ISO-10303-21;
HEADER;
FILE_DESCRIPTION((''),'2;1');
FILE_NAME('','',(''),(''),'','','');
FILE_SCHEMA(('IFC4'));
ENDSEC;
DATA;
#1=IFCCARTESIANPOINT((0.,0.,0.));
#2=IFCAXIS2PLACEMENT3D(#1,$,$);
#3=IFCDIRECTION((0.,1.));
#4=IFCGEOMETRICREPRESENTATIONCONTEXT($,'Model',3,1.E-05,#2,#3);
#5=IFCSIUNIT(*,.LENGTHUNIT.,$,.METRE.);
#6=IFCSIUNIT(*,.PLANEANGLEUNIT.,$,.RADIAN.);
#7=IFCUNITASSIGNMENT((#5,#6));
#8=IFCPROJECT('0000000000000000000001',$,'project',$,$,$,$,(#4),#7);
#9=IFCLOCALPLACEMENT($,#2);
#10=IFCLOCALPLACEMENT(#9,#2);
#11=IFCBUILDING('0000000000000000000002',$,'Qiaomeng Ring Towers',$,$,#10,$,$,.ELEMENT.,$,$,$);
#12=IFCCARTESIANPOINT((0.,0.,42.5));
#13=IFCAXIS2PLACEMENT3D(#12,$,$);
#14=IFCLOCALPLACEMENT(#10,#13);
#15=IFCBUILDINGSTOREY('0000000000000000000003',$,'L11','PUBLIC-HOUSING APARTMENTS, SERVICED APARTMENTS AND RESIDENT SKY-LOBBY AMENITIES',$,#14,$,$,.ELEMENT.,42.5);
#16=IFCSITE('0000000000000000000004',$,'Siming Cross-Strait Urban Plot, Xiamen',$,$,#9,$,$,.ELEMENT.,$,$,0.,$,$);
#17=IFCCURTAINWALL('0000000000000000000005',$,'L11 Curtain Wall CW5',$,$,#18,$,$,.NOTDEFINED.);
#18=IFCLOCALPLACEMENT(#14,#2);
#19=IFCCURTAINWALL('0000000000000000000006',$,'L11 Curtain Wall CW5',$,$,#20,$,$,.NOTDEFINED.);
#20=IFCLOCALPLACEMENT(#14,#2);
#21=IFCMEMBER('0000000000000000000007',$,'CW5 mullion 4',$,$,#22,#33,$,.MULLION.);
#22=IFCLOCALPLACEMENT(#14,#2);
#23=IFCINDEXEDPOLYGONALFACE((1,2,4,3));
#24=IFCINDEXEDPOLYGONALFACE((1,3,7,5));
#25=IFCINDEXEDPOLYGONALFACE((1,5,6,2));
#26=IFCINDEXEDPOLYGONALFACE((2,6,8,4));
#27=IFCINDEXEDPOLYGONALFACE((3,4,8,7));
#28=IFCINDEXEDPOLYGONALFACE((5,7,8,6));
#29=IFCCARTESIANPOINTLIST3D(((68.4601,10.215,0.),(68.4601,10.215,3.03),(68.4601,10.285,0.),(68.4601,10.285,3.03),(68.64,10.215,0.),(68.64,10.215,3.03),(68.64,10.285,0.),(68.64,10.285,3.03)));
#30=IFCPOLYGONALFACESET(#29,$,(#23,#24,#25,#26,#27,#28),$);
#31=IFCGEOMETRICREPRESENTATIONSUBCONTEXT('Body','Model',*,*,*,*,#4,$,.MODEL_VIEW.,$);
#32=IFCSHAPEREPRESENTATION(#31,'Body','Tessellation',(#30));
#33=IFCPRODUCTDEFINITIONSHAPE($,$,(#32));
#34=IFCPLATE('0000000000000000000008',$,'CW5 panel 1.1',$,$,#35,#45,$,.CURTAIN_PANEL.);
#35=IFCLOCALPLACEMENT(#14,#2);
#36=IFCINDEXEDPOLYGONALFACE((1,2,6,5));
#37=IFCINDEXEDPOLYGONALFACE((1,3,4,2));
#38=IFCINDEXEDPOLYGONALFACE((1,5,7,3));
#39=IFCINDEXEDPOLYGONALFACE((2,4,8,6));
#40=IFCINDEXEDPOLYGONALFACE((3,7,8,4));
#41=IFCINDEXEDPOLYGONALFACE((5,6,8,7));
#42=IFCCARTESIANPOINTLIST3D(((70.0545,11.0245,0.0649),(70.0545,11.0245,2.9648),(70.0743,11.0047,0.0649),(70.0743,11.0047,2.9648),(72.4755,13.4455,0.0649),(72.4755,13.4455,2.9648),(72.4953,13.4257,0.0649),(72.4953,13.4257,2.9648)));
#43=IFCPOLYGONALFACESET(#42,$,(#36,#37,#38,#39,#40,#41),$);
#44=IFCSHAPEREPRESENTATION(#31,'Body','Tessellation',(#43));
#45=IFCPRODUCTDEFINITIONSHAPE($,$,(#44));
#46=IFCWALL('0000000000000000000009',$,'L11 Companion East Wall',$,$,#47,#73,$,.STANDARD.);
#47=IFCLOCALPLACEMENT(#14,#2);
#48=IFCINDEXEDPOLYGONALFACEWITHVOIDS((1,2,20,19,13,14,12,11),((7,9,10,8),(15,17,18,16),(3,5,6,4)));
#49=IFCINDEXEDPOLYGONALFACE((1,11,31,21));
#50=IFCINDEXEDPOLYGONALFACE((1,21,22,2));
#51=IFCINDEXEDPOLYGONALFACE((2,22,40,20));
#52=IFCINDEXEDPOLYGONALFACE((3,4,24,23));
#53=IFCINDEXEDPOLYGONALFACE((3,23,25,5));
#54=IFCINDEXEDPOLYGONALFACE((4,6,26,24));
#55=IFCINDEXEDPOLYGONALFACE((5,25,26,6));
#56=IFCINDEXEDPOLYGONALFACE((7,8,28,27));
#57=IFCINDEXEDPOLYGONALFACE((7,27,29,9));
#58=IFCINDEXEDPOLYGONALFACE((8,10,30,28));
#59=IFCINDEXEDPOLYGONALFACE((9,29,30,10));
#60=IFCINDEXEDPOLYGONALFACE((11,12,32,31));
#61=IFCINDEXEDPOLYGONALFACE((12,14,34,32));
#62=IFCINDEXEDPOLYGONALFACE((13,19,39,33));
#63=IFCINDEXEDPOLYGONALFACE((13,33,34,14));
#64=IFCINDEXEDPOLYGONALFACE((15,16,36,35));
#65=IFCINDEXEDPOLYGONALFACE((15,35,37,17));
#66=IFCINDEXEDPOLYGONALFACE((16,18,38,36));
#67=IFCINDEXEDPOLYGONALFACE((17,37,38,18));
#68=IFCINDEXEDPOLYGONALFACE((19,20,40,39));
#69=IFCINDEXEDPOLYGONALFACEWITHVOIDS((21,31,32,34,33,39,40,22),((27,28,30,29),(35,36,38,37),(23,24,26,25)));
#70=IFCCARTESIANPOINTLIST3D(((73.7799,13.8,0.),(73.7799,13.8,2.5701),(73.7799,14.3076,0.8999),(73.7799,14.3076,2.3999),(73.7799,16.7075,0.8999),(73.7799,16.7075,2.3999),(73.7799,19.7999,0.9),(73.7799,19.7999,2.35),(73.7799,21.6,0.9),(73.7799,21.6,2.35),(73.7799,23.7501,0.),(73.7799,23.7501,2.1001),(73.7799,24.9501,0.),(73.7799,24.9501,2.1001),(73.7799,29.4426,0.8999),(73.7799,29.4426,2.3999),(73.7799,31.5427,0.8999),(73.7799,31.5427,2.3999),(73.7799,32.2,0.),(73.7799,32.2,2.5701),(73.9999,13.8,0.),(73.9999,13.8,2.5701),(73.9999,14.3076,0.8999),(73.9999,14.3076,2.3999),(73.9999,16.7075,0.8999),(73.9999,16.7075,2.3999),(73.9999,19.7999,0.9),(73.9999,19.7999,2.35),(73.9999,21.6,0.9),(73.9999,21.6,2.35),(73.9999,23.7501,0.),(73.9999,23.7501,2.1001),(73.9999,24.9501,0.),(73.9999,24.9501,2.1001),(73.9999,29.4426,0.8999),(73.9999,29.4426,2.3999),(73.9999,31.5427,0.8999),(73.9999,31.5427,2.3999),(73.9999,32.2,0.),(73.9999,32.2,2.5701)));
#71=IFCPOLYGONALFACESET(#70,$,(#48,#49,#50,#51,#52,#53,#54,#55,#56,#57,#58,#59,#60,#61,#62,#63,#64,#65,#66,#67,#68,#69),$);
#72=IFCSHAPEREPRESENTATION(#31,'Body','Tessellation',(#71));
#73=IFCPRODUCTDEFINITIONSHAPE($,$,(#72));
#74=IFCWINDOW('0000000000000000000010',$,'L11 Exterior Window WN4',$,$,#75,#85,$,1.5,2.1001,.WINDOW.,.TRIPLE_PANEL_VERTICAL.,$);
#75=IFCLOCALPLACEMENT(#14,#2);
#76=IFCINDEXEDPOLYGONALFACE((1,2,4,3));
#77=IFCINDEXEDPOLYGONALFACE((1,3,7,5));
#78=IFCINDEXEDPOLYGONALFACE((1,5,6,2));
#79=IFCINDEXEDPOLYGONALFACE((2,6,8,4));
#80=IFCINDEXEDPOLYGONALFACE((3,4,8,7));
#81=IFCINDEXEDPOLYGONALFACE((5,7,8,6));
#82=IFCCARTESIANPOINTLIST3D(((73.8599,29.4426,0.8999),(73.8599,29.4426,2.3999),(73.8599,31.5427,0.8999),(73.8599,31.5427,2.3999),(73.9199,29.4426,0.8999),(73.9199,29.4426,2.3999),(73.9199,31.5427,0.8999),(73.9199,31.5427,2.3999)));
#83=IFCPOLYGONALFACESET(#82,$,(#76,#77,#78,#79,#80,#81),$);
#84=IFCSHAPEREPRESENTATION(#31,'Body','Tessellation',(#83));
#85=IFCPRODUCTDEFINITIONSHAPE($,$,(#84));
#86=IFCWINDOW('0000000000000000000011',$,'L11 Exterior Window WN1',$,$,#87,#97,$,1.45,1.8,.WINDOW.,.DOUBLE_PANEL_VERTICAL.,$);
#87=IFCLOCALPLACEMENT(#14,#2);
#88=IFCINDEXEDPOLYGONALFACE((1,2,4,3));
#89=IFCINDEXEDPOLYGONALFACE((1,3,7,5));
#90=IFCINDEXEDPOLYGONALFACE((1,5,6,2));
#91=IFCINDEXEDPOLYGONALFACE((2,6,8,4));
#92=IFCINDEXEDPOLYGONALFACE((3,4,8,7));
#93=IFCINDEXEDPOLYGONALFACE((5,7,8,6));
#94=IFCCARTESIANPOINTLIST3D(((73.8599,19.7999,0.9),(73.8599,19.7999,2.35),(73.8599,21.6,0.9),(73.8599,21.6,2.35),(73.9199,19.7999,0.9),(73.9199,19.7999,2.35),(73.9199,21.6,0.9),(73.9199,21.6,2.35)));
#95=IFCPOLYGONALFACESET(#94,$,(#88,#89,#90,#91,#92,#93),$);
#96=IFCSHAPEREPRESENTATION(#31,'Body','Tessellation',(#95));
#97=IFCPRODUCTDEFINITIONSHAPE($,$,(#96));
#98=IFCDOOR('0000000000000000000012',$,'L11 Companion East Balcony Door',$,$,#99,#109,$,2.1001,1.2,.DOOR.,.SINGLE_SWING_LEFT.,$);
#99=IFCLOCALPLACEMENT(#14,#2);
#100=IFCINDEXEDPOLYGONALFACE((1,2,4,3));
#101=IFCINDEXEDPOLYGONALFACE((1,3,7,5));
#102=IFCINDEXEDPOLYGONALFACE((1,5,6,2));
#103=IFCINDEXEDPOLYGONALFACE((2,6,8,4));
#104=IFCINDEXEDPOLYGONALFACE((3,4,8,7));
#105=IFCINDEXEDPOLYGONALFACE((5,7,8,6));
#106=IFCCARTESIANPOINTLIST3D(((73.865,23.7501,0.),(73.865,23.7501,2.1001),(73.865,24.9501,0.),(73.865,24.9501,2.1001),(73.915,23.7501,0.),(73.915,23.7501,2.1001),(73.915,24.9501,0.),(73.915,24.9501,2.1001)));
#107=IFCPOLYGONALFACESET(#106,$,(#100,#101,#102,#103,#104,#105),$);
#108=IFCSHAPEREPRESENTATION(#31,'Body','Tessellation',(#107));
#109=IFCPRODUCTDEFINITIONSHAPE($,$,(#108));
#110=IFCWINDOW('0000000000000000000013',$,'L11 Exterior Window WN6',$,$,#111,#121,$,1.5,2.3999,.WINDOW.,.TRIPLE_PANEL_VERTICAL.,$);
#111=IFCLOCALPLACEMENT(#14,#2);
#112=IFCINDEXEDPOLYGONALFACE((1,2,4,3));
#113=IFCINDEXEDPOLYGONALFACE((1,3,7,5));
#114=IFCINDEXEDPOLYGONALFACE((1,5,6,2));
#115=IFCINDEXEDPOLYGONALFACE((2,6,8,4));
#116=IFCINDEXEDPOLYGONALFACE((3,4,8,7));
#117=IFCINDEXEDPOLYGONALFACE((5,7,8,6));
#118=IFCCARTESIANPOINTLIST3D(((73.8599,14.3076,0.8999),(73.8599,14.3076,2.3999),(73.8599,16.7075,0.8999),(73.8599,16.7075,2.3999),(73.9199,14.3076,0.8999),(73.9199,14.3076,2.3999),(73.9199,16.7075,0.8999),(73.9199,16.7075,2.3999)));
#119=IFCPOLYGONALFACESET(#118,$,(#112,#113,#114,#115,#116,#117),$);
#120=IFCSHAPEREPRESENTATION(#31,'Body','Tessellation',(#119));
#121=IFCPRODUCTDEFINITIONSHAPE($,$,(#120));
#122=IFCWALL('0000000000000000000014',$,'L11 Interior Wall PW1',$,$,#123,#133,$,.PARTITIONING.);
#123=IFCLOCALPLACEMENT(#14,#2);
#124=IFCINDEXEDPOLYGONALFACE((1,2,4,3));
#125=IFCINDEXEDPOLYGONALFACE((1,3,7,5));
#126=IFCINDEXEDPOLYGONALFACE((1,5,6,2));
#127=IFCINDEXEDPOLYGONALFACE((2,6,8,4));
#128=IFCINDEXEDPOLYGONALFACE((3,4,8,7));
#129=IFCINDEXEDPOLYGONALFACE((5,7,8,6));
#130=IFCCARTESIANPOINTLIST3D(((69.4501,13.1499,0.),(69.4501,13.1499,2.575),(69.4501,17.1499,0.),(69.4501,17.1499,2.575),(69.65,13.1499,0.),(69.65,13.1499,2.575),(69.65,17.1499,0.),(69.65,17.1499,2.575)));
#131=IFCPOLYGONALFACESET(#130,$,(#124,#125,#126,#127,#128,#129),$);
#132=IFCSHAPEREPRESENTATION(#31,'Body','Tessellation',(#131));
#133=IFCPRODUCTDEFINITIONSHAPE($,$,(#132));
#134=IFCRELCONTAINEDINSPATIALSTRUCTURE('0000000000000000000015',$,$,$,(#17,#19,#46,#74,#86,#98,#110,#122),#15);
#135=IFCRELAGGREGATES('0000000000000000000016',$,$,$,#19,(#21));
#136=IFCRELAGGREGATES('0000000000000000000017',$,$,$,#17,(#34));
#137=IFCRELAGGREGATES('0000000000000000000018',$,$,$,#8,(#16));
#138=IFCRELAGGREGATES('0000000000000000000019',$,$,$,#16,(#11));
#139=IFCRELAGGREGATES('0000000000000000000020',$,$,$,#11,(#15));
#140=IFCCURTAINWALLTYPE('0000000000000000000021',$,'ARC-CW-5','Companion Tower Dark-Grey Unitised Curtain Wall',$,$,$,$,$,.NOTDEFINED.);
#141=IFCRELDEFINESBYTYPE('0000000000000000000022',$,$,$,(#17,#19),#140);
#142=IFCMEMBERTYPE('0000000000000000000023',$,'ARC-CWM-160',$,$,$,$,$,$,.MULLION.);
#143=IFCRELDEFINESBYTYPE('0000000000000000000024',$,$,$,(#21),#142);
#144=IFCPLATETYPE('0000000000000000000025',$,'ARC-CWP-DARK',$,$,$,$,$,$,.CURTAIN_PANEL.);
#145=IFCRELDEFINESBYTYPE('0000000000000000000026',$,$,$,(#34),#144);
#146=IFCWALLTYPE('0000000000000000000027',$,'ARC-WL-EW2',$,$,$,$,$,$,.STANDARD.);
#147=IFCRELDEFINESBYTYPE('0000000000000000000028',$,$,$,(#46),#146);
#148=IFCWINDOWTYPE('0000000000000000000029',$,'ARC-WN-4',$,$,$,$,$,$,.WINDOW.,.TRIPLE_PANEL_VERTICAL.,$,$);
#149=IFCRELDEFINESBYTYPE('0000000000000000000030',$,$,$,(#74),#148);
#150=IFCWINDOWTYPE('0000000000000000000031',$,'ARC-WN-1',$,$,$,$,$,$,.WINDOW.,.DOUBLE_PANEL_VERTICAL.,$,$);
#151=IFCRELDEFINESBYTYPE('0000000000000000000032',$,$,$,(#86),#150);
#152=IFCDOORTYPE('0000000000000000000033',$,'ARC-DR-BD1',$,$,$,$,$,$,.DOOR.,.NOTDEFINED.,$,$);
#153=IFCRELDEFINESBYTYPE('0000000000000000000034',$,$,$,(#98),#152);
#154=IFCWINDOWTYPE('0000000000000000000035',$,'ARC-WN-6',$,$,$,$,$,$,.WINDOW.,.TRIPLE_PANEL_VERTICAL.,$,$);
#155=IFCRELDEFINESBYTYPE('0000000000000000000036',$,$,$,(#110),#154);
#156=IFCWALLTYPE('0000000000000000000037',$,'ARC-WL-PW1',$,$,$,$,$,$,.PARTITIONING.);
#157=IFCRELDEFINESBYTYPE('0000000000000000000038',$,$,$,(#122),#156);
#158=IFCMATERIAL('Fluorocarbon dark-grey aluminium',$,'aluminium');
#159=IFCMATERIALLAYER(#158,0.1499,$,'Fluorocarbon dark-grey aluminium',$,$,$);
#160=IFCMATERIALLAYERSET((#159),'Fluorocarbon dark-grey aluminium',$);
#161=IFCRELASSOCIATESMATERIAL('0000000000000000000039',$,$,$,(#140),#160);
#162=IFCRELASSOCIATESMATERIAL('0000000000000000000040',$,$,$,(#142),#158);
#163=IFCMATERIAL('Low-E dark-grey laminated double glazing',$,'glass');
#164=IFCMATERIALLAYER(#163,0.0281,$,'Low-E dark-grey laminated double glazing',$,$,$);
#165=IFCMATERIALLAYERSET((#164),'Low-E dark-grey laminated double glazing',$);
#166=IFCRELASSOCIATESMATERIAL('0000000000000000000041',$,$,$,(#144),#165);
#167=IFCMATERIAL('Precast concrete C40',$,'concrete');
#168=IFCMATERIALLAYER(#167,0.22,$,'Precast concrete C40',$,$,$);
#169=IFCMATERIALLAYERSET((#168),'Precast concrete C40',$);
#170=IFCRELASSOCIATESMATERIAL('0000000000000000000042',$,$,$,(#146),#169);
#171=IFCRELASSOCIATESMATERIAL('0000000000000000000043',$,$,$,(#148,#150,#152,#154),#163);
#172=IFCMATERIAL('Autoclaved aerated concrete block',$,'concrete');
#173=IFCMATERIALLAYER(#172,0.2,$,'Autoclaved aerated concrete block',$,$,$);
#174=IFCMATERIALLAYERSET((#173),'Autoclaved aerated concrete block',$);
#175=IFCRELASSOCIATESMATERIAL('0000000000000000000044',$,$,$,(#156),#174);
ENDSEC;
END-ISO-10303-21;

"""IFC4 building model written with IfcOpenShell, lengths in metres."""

from ifc_helpers import new_model, si_unit, direction, frame, frame_2d, origin, origin_2d, place, context, subcontext, project, spatial, rectangle, extrude, source, transform, mapped, material, layer, layer_set, material_profile, profile_set, type_object, element, fill, aggregate, save


model = new_model("IFC4")

# Units and contexts
model_context = context("Model", 3, precision=1e-05, world=origin(), true_north=direction((0.0, 1.0)))
body_context = subcontext(model_context, "Body", "Model", "MODEL_VIEW")
ifc_project = project(units=[si_unit("LENGTHUNIT", "METRE"), si_unit("PLANEANGLEUNIT", "RADIAN")], contexts=[model_context])

# Site, building, storey
site_placement = place(None, origin())
site = spatial("IfcSite", under=ifc_project, at=site_placement, Name="Siming Cross-Strait Urban Plot, Xiamen", CompositionType="ELEMENT", RefElevation=0.0)
building_placement = place(site_placement, origin())
building = spatial("IfcBuilding", under=site, at=building_placement, Name="Qiaomeng Ring Towers", CompositionType="ELEMENT")
storey_placement = place(building_placement, frame((0.0, 0.0, 42.5)))
storey = spatial("IfcBuildingStorey", under=building, at=storey_placement, Name="L11", Description="PUBLIC-HOUSING APARTMENTS, SERVICED APARTMENTS AND RESIDENT SKY-LOBBY AMENITIES", CompositionType="ELEMENT", Elevation=42.5)

# Curtain wall
ifc_material_1 = material(Name="Fluorocarbon dark-grey aluminium", Category="aluminium")
ifc_layer_1 = layer(ifc_material_1, 0.1499, Name="Fluorocarbon dark-grey aluminium")
ifc_layer_set_1 = layer_set([ifc_layer_1], Name="Fluorocarbon dark-grey aluminium")
curtain_wall_type = type_object("IfcCurtainWallType", Name="ARC-CW-5", Description="Companion Tower Dark-Grey Unitised Curtain Wall", PredefinedType="NOTDEFINED", material=ifc_layer_set_1)
curtain_wall_1_placement = place(storey_placement, origin())
curtain_wall_1 = element("IfcCurtainWall", 1, at=curtain_wall_1_placement, inside=storey, type_object=curtain_wall_type, Name="L11 Curtain Wall CW5", PredefinedType="NOTDEFINED")
ifc_material_profile_1 = material_profile(ifc_material_1, rectangle(XDim=0.0701, YDim=0.1799, at=origin_2d()), Name="ALU MULL 70x180")
ifc_profile_set_1 = profile_set([ifc_material_profile_1], Name="Fluorocarbon dark-grey aluminium")
member_type_1 = type_object("IfcMemberType", Name="ARC-CWM-160", PredefinedType="MULLION", material=ifc_profile_set_1)
shared_shape_1 = source(origin(), body_context, "Body", "SweptSolid", [
    extrude(rectangle(XDim=0.0701, YDim=0.1799, at=origin_2d()), origin(), (0.0, 0.0, 1.0), 3.03),
])

# Curtain wall, member
curtain_wall_2_placement = place(storey_placement, origin())
curtain_wall_2 = element("IfcCurtainWall", 2, at=curtain_wall_2_placement, inside=storey, type_object=curtain_wall_type, Name="L11 Curtain Wall CW5", PredefinedType="NOTDEFINED")
member_1_placement = place(storey_placement, frame((68.55, 10.25, 0.0), z_axis=(0.0, 0.0, 1.0), x_axis=(0.0, 1.0, 0.0)))
member_1 = element("IfcMember", 3, at=member_1_placement, type_object=member_type_1, Name="CW5 mullion 4", PredefinedType="MULLION", context=body_context, shape_type="MappedRepresentation", body=[
    mapped(shared_shape_1, transform((0.0, 0.0, 0.0), x_axis=(1.0, 0.0, 0.0), y_axis=(0.0, 1.0, 0.0), z_axis=(0.0, 0.0, 1.0), scale=1.0)),
])
aggregate(curtain_wall_2, [member_1])

# Plate
ifc_material_2 = material(Name="Low-E dark-grey laminated double glazing", Category="glass")
ifc_layer_2 = layer(ifc_material_2, 0.0281, Name="Low-E dark-grey laminated double glazing")
ifc_layer_set_2 = layer_set([ifc_layer_2], Name="Low-E dark-grey laminated double glazing")
plate_type = type_object("IfcPlateType", Name="ARC-CWP-DARK", PredefinedType="CURTAIN_PANEL", material=ifc_layer_set_2)
shared_shape_2 = source(origin(), body_context, "Body", "SweptSolid", [
    extrude(rectangle(XDim=3.4238, YDim=0.0281, at=origin_2d()), origin(), (0.0, 0.0, 1.0), 2.8999),
])
plate_placement = place(storey_placement, frame((71.2749, 12.2251, 0.0649), z_axis=(0.0, 0.0, 1.0), x_axis=(0.707107, 0.707107, 0.0)))
plate = element("IfcPlate", 4, at=plate_placement, type_object=plate_type, Name="CW5 panel 1.1", PredefinedType="CURTAIN_PANEL", context=body_context, shape_type="MappedRepresentation", body=[
    mapped(shared_shape_2, transform((0.0, 0.0, 0.0), x_axis=(1.0, 0.0, 0.0), y_axis=(0.0, 1.0, 0.0), z_axis=(0.0, 0.0, 1.0), scale=1.0)),
])
aggregate(curtain_wall_1, [plate])

# Wall, openings, windows, door
ifc_material_3 = material(Name="Precast concrete C40", Category="concrete")
ifc_layer_3 = layer(ifc_material_3, 0.22, Name="Precast concrete C40")
ifc_layer_set_3 = layer_set([ifc_layer_3], Name="Precast concrete C40")
wall_type_1 = type_object("IfcWallType", Name="ARC-WL-EW2", PredefinedType="STANDARD", material=ifc_layer_set_3)
wall_1_placement = place(storey_placement, frame((73.8899, 13.8, 0.0), z_axis=(0.0, 0.0, 1.0), x_axis=(0.0, 1.0, 0.0)))
wall_1 = element("IfcWall", 5, at=wall_1_placement, inside=storey, type_object=wall_type_1, Name="L11 Companion East Wall", PredefinedType="STANDARD", context=body_context, shape_type="SweptSolid", body=[
    extrude(rectangle(XDim=18.3999, YDim=0.22, at=frame_2d((9.2, 0.0))), origin(), (0.0, 0.0, 1.0), 2.5701),
])
opening_1_placement = place(wall_1_placement, frame((9.95, 0.0, 0.0)))
opening_1 = element("IfcOpeningElement", 6, at=opening_1_placement, cuts=wall_1, PredefinedType="OPENING", context=body_context, shape_type="SweptSolid", body=[
    extrude(rectangle(XDim=1.2, YDim=2.1001, at=frame_2d((0.6001, 1.05))), frame((0.0, 0.1199, 0.0), z_axis=(0.0, -1.0, 0.0), x_axis=(1.0, 0.0, 0.0)), (0.0, 0.0, 1.0), 0.24),
])
opening_2_placement = place(wall_1_placement, frame((0.5076, 0.0, 0.8999)))
opening_2 = element("IfcOpeningElement", 7, at=opening_2_placement, cuts=wall_1, PredefinedType="OPENING", context=body_context, shape_type="SweptSolid", body=[
    extrude(rectangle(XDim=2.3999, YDim=1.5, at=frame_2d((1.2, 0.75))), frame((0.0, 0.1199, 0.0), z_axis=(0.0, -1.0, 0.0), x_axis=(1.0, 0.0, 0.0)), (0.0, 0.0, 1.0), 0.24),
])
opening_3_placement = place(wall_1_placement, frame((6.0, 0.0, 0.8999)))
opening_3 = element("IfcOpeningElement", 8, at=opening_3_placement, cuts=wall_1, PredefinedType="OPENING", context=body_context, shape_type="SweptSolid", body=[
    extrude(rectangle(XDim=1.8, YDim=1.45, at=frame_2d((0.8999, 0.7251))), frame((0.0, 0.1199, 0.0), z_axis=(0.0, -1.0, 0.0), x_axis=(1.0, 0.0, 0.0)), (0.0, 0.0, 1.0), 0.24),
])
opening_4_placement = place(wall_1_placement, frame((15.6426, 0.0, 0.8999)))
opening_4 = element("IfcOpeningElement", 9, at=opening_4_placement, cuts=wall_1, PredefinedType="OPENING", context=body_context, shape_type="SweptSolid", body=[
    extrude(rectangle(XDim=2.1001, YDim=1.5, at=frame_2d((1.05, 0.75))), frame((0.0, 0.1199, 0.0), z_axis=(0.0, -1.0, 0.0), x_axis=(1.0, 0.0, 0.0)), (0.0, 0.0, 1.0), 0.24),
])
window_type_1 = type_object("IfcWindowType", Name="ARC-WN-4", PartitioningType="TRIPLE_PANEL_VERTICAL", PredefinedType="WINDOW", material=ifc_material_2)
shared_shape_3 = source(origin(), body_context, "Body", "SweptSolid", [
    extrude(rectangle(XDim=2.1001, YDim=1.5, at=frame_2d((1.05, 0.75))), frame((0.0, 0.03, 0.0), z_axis=(0.0, -1.0, 0.0), x_axis=(1.0, 0.0, 0.0)), (0.0, 0.0, 1.0), 0.0601),
])
window_1_placement = place(opening_4_placement, origin())
window_1 = element("IfcWindow", 10, at=window_1_placement, inside=storey, type_object=window_type_1, Name="L11 Exterior Window WN4", OverallHeight=1.5, OverallWidth=2.1001, PartitioningType="TRIPLE_PANEL_VERTICAL", PredefinedType="WINDOW", context=body_context, shape_type="MappedRepresentation", body=[
    mapped(shared_shape_3, transform((0.0, 0.0, 0.0), x_axis=(1.0, 0.0, 0.0), y_axis=(0.0, 1.0, 0.0), z_axis=(0.0, 0.0, 1.0), scale=1.0)),
])
fill(opening_4, window_1)
window_type_2 = type_object("IfcWindowType", Name="ARC-WN-1", PartitioningType="DOUBLE_PANEL_VERTICAL", PredefinedType="WINDOW", material=ifc_material_2)
shared_shape_4 = source(origin(), body_context, "Body", "SweptSolid", [
    extrude(rectangle(XDim=1.8, YDim=1.45, at=frame_2d((0.8999, 0.7251))), frame((0.0, 0.03, 0.0), z_axis=(0.0, -1.0, 0.0), x_axis=(1.0, 0.0, 0.0)), (0.0, 0.0, 1.0), 0.0601),
])
window_2_placement = place(opening_3_placement, origin())
window_2 = element("IfcWindow", 11, at=window_2_placement, inside=storey, type_object=window_type_2, Name="L11 Exterior Window WN1", OverallHeight=1.45, OverallWidth=1.8, PartitioningType="DOUBLE_PANEL_VERTICAL", PredefinedType="WINDOW", context=body_context, shape_type="MappedRepresentation", body=[
    mapped(shared_shape_4, transform((0.0, 0.0, 0.0), x_axis=(1.0, 0.0, 0.0), y_axis=(0.0, 1.0, 0.0), z_axis=(0.0, 0.0, 1.0), scale=1.0)),
])
fill(opening_3, window_2)
door_type_1 = type_object("IfcDoorType", Name="ARC-DR-BD1", OperationType="NOTDEFINED", PredefinedType="DOOR", material=ifc_material_2)
shared_shape_5 = source(origin(), body_context, "Body", "SweptSolid", [
    extrude(rectangle(XDim=1.2, YDim=2.1001, at=frame_2d((0.6001, 1.05))), frame((0.0, 0.0249, 0.0), z_axis=(0.0, -1.0, 0.0), x_axis=(1.0, 0.0, 0.0)), (0.0, 0.0, 1.0), 0.05),
])
door_1_placement = place(opening_1_placement, origin())
door_1 = element("IfcDoor", 12, at=door_1_placement, inside=storey, type_object=door_type_1, Name="L11 Companion East Balcony Door", OperationType="SINGLE_SWING_LEFT", OverallHeight=2.1001, OverallWidth=1.2, PredefinedType="DOOR", context=body_context, shape_type="MappedRepresentation", body=[
    mapped(shared_shape_5, transform((0.0, 0.0, 0.0), x_axis=(1.0, 0.0, 0.0), y_axis=(0.0, 1.0, 0.0), z_axis=(0.0, 0.0, 1.0), scale=1.0)),
])
fill(opening_1, door_1)
window_type_3 = type_object("IfcWindowType", Name="ARC-WN-6", PartitioningType="TRIPLE_PANEL_VERTICAL", PredefinedType="WINDOW", material=ifc_material_2)
shared_shape_6 = source(origin(), body_context, "Body", "SweptSolid", [
    extrude(rectangle(XDim=2.3999, YDim=1.5, at=frame_2d((1.2, 0.75))), frame((0.0, 0.03, 0.0), z_axis=(0.0, -1.0, 0.0), x_axis=(1.0, 0.0, 0.0)), (0.0, 0.0, 1.0), 0.0601),
])
window_3_placement = place(opening_2_placement, origin())
window_3 = element("IfcWindow", 13, at=window_3_placement, inside=storey, type_object=window_type_3, Name="L11 Exterior Window WN6", OverallHeight=1.5, OverallWidth=2.3999, PartitioningType="TRIPLE_PANEL_VERTICAL", PredefinedType="WINDOW", context=body_context, shape_type="MappedRepresentation", body=[
    mapped(shared_shape_6, transform((0.0, 0.0, 0.0), x_axis=(1.0, 0.0, 0.0), y_axis=(0.0, 1.0, 0.0), z_axis=(0.0, 0.0, 1.0), scale=1.0)),
])
fill(opening_2, window_3)

# Wall
ifc_material_4 = material(Name="Autoclaved aerated concrete block", Category="concrete")
ifc_layer_4 = layer(ifc_material_4, 0.2, Name="Autoclaved aerated concrete block")
ifc_layer_set_4 = layer_set([ifc_layer_4], Name="Autoclaved aerated concrete block")
wall_type_2 = type_object("IfcWallType", Name="ARC-WL-PW1", PredefinedType="PARTITIONING", material=ifc_layer_set_4)
wall_2_placement = place(storey_placement, frame((69.55, 13.1499, 0.0), z_axis=(0.0, 0.0, 1.0), x_axis=(0.0, 1.0, 0.0)))
element("IfcWall", 14, at=wall_2_placement, inside=storey, type_object=wall_type_2, Name="L11 Interior Wall PW1", PredefinedType="PARTITIONING", context=body_context, shape_type="SweptSolid", body=[
    extrude(rectangle(XDim=4.0, YDim=0.2, at=frame_2d((2.0, 0.0))), origin(), (0.0, 0.0, 1.0), 2.575),
])

save(model, "model.ifc")
